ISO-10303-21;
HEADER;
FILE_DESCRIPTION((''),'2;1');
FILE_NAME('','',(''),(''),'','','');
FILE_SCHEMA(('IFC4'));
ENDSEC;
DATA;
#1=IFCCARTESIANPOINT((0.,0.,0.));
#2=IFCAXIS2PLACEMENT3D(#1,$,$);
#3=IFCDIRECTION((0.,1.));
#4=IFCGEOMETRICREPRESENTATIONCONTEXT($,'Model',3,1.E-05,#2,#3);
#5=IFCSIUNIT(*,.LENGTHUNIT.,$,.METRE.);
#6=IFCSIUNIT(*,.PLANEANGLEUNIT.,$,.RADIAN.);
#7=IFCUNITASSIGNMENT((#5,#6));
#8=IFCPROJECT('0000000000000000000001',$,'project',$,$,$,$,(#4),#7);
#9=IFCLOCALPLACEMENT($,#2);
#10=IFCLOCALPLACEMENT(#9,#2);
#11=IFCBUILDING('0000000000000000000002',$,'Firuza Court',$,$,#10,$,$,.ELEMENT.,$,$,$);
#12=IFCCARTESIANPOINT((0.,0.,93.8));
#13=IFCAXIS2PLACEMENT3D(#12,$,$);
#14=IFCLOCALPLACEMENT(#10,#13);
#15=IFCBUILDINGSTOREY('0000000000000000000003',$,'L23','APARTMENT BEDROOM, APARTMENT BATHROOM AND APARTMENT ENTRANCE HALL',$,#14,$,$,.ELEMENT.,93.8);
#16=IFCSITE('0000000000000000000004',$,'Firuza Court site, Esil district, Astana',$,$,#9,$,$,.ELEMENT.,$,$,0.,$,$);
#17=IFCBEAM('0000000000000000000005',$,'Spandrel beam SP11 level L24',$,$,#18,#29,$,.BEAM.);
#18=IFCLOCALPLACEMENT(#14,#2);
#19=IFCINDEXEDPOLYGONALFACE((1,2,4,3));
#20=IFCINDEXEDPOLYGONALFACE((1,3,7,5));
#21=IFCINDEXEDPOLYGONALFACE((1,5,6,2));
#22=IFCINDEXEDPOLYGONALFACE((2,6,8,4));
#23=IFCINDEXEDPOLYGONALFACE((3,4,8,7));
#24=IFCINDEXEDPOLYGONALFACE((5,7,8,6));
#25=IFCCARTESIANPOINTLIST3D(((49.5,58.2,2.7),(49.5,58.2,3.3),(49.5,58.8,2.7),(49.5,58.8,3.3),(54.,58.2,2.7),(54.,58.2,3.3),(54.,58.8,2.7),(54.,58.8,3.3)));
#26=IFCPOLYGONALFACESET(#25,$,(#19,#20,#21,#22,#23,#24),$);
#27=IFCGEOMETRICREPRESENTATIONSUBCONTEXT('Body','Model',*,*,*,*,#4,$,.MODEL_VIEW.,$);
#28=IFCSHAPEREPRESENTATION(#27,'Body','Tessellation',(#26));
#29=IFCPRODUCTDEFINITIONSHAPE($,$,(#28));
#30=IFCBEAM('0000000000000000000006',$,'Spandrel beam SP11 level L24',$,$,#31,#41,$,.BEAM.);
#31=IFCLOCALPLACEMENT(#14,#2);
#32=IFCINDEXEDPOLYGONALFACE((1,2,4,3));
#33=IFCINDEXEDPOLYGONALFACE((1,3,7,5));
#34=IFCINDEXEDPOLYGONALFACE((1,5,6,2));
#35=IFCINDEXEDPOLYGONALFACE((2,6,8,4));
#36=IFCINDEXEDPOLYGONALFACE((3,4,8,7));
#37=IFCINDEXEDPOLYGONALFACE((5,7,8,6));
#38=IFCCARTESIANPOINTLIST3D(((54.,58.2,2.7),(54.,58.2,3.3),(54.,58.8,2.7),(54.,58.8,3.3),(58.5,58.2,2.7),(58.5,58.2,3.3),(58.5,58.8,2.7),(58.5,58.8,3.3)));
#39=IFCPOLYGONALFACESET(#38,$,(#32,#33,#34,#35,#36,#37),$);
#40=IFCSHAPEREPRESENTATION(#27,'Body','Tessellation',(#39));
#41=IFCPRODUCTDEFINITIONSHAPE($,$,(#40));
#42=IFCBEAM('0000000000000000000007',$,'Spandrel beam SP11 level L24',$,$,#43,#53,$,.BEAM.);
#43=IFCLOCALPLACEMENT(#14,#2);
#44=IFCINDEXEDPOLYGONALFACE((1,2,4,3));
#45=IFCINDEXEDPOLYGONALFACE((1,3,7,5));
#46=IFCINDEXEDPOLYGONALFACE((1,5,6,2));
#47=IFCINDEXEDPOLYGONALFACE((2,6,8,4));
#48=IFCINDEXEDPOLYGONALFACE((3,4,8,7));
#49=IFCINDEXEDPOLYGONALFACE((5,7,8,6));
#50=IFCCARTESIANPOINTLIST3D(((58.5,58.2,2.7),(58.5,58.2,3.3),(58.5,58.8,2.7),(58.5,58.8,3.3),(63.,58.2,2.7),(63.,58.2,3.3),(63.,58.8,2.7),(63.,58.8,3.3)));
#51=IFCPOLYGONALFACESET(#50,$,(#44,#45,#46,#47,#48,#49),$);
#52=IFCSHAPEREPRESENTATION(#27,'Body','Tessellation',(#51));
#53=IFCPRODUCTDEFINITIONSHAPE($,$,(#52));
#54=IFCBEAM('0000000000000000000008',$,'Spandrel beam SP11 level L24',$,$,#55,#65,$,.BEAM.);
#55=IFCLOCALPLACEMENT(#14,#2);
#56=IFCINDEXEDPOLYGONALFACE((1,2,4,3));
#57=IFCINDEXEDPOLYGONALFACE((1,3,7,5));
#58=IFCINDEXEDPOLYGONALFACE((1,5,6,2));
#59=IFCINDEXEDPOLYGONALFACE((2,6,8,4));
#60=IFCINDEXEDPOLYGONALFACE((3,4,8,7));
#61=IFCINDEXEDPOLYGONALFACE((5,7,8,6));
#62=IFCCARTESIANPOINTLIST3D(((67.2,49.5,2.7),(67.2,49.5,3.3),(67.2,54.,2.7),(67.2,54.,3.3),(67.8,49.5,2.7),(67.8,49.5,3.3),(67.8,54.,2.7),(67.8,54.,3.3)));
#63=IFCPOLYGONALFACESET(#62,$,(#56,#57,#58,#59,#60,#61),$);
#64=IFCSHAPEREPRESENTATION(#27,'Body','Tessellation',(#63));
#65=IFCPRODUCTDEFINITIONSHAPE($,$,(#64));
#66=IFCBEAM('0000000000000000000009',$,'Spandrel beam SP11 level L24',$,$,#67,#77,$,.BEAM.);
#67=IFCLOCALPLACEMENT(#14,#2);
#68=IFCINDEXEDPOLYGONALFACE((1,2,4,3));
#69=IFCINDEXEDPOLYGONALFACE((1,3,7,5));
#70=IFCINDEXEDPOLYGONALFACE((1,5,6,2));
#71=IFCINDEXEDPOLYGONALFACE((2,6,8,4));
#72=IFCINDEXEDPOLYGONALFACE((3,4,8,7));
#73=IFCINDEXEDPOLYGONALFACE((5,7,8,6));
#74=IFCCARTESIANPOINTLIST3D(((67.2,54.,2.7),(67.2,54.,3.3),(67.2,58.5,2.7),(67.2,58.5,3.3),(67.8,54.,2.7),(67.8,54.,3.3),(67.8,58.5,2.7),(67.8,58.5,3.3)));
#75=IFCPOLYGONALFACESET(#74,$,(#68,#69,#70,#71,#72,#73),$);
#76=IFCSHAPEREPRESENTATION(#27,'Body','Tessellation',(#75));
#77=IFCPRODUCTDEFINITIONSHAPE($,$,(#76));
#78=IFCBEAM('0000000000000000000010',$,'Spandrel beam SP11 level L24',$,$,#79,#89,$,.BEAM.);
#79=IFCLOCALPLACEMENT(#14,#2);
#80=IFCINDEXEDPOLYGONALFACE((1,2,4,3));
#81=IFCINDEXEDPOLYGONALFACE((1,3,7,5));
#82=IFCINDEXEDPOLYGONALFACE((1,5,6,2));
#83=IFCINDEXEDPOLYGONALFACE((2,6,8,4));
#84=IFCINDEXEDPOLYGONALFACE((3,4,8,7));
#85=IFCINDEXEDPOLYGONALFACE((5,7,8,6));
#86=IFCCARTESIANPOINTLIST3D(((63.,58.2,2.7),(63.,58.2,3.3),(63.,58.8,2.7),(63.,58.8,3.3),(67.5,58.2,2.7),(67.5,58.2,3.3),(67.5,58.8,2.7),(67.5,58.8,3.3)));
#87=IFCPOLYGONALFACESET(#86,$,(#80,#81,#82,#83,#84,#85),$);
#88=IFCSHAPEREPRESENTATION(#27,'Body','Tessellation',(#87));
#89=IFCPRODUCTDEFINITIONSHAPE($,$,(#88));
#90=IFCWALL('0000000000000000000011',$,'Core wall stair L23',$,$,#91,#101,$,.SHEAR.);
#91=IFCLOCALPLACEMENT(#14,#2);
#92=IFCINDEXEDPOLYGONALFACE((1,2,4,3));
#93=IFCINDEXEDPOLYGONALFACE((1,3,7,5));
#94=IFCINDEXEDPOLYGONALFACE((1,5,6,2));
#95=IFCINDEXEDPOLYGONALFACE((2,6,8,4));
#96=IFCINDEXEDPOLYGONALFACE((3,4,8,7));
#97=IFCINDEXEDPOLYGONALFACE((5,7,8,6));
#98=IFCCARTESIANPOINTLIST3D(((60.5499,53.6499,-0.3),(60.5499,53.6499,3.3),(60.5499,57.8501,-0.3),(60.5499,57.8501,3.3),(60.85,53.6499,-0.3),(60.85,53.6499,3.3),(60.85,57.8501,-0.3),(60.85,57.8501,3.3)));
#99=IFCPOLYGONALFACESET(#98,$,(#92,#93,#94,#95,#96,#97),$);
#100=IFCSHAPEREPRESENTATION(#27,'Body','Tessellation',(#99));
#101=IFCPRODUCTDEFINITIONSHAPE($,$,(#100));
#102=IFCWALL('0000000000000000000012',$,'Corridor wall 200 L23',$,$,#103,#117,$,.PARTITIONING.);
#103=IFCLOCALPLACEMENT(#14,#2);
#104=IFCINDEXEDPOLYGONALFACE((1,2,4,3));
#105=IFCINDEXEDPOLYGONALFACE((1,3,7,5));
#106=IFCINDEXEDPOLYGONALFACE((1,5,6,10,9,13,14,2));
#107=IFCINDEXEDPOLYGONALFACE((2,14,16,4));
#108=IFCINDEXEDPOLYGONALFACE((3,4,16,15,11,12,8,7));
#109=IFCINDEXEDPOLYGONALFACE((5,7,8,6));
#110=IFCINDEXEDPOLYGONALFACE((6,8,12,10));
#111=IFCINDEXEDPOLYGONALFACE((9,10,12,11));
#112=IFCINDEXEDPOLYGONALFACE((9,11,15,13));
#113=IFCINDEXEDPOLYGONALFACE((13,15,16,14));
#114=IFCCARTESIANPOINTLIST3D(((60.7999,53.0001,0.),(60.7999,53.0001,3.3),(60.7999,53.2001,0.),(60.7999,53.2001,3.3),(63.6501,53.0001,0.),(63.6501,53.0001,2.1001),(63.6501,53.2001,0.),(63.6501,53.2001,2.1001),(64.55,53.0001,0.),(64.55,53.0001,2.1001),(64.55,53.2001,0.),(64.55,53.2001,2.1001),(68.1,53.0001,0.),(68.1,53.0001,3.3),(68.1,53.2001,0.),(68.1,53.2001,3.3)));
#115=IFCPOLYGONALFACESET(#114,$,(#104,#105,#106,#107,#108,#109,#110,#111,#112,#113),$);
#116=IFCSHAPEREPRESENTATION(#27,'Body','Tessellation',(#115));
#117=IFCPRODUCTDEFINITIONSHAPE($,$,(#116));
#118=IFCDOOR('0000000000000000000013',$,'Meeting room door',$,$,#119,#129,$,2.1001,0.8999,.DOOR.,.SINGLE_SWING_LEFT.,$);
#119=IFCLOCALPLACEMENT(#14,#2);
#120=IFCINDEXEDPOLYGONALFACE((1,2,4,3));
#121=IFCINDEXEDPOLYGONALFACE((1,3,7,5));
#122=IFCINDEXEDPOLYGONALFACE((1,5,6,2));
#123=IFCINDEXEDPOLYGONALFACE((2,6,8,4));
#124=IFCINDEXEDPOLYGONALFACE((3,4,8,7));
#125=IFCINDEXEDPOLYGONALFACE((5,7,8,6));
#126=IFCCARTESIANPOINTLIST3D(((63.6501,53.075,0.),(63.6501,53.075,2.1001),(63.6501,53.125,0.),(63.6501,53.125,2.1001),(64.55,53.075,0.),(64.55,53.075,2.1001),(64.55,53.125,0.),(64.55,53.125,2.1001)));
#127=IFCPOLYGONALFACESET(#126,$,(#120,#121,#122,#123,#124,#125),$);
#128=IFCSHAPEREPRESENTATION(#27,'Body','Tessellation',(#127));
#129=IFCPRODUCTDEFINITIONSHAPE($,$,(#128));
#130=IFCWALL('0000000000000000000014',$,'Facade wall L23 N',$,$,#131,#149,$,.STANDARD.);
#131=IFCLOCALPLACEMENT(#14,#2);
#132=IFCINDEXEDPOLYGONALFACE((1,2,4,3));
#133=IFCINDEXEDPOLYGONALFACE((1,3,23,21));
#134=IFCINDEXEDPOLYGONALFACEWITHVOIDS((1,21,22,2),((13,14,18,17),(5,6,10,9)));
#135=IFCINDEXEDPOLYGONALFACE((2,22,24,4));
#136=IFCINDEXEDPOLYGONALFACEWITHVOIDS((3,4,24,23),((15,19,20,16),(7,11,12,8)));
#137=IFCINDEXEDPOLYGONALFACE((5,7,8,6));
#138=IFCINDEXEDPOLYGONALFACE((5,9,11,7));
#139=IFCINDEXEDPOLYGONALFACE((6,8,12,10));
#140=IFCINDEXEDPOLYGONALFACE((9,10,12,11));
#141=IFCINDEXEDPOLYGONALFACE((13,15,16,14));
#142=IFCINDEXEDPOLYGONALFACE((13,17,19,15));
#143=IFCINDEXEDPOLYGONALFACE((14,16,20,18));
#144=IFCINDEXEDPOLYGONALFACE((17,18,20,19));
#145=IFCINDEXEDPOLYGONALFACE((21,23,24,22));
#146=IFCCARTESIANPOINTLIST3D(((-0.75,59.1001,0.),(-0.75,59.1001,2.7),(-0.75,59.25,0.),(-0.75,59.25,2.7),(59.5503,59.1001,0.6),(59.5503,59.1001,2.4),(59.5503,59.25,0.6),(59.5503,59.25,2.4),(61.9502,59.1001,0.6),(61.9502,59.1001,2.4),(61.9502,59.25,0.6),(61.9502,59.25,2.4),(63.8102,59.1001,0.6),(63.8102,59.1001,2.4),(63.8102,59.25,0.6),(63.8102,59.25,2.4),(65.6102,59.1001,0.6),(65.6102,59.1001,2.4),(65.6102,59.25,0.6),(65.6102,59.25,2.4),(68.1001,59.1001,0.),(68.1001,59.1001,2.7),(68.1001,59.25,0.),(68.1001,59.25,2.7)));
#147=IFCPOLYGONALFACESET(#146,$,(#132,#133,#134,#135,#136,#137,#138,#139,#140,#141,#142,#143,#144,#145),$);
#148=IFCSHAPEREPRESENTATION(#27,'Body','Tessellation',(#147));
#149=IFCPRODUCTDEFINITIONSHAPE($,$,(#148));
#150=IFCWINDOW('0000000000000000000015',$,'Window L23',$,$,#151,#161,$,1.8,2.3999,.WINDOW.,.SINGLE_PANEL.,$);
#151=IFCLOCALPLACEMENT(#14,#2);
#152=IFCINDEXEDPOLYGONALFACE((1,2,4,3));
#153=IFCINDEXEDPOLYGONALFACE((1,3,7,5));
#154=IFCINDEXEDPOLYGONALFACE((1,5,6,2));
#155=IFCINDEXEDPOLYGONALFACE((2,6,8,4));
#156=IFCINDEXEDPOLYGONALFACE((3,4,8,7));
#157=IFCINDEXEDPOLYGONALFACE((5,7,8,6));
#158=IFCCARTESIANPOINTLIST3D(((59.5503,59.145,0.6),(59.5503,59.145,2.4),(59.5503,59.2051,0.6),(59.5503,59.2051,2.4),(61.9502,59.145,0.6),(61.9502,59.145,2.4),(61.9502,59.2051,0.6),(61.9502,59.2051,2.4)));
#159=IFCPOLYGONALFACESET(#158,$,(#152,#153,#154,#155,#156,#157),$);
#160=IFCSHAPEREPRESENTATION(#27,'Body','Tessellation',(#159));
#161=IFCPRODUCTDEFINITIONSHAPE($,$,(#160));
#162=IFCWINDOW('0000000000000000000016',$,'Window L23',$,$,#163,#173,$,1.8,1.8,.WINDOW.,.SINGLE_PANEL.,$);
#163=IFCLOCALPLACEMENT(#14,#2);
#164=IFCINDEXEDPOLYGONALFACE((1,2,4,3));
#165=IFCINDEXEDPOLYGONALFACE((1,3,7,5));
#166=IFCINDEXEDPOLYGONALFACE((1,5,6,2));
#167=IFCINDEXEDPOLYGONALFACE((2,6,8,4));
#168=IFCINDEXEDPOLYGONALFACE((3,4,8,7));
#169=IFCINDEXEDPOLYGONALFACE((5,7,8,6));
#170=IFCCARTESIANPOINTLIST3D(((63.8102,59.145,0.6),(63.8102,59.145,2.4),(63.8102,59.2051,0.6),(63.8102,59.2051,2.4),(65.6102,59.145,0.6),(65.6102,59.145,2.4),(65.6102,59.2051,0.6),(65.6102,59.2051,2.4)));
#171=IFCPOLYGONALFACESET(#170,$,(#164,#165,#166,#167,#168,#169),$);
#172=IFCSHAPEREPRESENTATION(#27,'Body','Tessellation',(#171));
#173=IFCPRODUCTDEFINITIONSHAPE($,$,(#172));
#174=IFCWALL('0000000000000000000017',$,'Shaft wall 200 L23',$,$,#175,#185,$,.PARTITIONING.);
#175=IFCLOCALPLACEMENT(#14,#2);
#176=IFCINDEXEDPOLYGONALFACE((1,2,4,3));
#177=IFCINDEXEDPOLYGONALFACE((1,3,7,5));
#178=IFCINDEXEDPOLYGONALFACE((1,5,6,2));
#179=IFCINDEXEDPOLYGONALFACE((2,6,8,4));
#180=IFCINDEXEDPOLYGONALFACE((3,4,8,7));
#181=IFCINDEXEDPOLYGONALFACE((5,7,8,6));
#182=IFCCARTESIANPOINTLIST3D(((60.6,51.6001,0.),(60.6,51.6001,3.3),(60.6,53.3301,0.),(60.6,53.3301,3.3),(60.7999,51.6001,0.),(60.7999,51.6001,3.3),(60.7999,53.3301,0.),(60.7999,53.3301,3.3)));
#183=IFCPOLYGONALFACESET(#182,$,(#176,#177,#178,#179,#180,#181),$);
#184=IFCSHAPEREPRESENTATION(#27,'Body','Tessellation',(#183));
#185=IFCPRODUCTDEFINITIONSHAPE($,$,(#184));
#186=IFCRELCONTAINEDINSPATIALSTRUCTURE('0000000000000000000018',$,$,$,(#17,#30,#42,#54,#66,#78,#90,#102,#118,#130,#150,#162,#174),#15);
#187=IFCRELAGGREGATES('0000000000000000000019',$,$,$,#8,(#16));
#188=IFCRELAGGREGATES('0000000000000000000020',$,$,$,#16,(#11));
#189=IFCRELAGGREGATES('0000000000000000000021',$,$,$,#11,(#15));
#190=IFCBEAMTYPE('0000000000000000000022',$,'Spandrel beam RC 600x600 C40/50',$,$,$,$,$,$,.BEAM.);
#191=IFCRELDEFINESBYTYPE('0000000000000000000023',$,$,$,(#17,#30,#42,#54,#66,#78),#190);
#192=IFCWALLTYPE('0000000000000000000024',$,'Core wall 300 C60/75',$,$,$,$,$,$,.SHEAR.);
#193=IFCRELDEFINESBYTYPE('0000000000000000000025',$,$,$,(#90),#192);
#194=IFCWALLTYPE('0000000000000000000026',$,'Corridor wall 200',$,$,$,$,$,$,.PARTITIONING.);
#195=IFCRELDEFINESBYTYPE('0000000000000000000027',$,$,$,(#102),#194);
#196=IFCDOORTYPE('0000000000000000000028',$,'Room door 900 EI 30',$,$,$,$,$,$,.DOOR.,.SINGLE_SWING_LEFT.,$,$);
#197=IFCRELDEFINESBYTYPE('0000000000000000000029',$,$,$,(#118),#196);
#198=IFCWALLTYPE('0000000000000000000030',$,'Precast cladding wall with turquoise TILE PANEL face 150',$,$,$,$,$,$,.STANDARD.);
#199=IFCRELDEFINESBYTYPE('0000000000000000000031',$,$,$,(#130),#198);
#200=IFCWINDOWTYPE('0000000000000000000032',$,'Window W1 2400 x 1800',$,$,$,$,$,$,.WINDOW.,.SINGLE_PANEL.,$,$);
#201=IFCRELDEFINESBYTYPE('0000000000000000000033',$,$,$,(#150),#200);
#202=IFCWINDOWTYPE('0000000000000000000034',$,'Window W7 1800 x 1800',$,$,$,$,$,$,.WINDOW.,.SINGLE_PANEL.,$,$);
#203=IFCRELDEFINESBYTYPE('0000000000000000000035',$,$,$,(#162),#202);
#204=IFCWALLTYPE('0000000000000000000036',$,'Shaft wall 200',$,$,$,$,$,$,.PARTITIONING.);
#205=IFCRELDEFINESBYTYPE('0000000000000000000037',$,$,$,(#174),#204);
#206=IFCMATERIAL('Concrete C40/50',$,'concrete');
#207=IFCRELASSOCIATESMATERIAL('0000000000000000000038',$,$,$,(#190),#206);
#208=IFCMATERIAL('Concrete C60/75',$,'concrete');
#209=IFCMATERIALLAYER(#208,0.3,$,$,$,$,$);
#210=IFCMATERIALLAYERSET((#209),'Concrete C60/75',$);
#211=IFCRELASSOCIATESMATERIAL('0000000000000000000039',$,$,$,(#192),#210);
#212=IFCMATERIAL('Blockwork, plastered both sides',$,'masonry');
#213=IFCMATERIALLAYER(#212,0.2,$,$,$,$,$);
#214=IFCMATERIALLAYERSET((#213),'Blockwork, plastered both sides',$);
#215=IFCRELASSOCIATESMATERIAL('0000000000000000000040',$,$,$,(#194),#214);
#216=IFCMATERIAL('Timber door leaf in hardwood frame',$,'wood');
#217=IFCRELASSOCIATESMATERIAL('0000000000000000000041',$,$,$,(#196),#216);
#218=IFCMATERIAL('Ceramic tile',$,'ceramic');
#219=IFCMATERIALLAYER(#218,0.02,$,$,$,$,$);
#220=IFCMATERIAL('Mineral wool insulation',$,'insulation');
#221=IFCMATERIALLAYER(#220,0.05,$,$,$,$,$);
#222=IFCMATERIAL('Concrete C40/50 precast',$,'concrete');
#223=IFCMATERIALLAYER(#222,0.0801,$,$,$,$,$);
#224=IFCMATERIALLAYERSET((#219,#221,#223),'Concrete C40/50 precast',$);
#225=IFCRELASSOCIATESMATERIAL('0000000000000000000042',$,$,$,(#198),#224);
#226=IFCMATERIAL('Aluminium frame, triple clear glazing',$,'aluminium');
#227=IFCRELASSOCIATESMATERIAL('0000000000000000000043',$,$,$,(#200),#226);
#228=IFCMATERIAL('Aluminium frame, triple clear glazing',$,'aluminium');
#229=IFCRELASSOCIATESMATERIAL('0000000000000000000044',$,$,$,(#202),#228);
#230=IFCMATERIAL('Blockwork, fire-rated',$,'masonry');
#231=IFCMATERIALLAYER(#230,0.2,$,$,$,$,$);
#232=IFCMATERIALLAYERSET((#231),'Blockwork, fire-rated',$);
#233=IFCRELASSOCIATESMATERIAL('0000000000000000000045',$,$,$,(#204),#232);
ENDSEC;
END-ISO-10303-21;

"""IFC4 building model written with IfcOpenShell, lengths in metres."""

from ifc_helpers import new_model, si_unit, direction, frame, frame_2d, origin, origin_2d, place, context, subcontext, project, spatial, rectangle, extrude, material, layer, layer_set, material_profile, profile_set, type_object, element, fill, save


model = new_model("IFC4")

# Units and contexts
model_context = context("Model", 3, precision=1e-05, world=origin(), true_north=direction((0.0, 1.0)))
body_context = subcontext(model_context, "Body", "Model", "MODEL_VIEW")
ifc_project = project(units=[si_unit("LENGTHUNIT", "METRE"), si_unit("PLANEANGLEUNIT", "RADIAN")], contexts=[model_context])

# Site, building, storey
site_placement = place(None, origin())
site = spatial("IfcSite", under=ifc_project, at=site_placement, Name="Firuza Court site, Esil district, Astana", CompositionType="ELEMENT", RefElevation=0.0)
building_placement = place(site_placement, origin())
building = spatial("IfcBuilding", under=site, at=building_placement, Name="Firuza Court", CompositionType="ELEMENT")
storey_placement = place(building_placement, frame((0.0, 0.0, 93.8)))
storey = spatial("IfcBuildingStorey", under=building, at=storey_placement, Name="L23", Description="APARTMENT BEDROOM, APARTMENT BATHROOM AND APARTMENT ENTRANCE HALL", CompositionType="ELEMENT", Elevation=93.8)

# Beams
ifc_material_1 = material(Name="Concrete C40/50", Category="concrete")
ifc_material_profile_1 = material_profile(ifc_material_1, rectangle(XDim=0.6001, YDim=0.6001, at=origin_2d()), Name="RC 600x600")
ifc_profile_set_1 = profile_set([ifc_material_profile_1], Name="Concrete C40/50")
beam_type_1 = type_object("IfcBeamType", Name="Spandrel beam RC 600x600 C40/50", PredefinedType="BEAM", material=ifc_profile_set_1)
for number, where, z_axis, x_axis, name in (
    (1, (54.0, 58.5, 3.0), (-1.0, 0.0, 0.0), (0.0, -1.0, 0.0), "Spandrel beam SP11 level L24"),
    (2, (58.5, 58.5, 3.0), (-1.0, 0.0, 0.0), (0.0, -1.0, 0.0), "Spandrel beam SP11 level L24"),
    (3, (63.0, 58.5, 3.0), (-1.0, 0.0, 0.0), (0.0, -1.0, 0.0), "Spandrel beam SP11 level L24"),
    (4, (67.5, 49.5, 3.0), (0.0, 1.0, 0.0), (-1.0, 0.0, 0.0), "Spandrel beam SP11 level L24"),
    (5, (67.5, 54.0, 3.0), (0.0, 1.0, 0.0), (-1.0, 0.0, 0.0), "Spandrel beam SP11 level L24"),
    (6, (67.5, 58.5, 3.0), (-1.0, 0.0, 0.0), (0.0, -1.0, 0.0), "Spandrel beam SP11 level L24"),
):
    element("IfcBeam", number, at=place(storey_placement, frame(where, z_axis=z_axis, x_axis=x_axis)), inside=storey, type_object=beam_type_1, Name=name, PredefinedType="BEAM", context=body_context, shape_type="SweptSolid", body=[
        extrude(rectangle(XDim=0.6001, YDim=0.6001, at=origin_2d()), origin(), (0.0, 0.0, 1.0), 4.5),
    ])

# Wall
ifc_material_2 = material(Name="Concrete C60/75", Category="concrete")
ifc_layer_1 = layer(ifc_material_2, 0.3)
ifc_layer_set_1 = layer_set([ifc_layer_1], Name="Concrete C60/75")
wall_type_1 = type_object("IfcWallType", Name="Core wall 300 C60/75", PredefinedType="SHEAR", material=ifc_layer_set_1)
wall_1_placement = place(storey_placement, frame((60.7, 53.6499, -0.3), z_axis=(0.0, 0.0, 1.0), x_axis=(0.0, 1.0, 0.0)))
element("IfcWall", 7, at=wall_1_placement, inside=storey, type_object=wall_type_1, Name="Core wall stair L23", PredefinedType="SHEAR", context=body_context, shape_type="SweptSolid", body=[
    extrude(rectangle(XDim=4.2002, YDim=0.3, at=frame_2d((2.1001, 0.0))), origin(), (0.0, 0.0, 1.0), 3.6001),
])

# Wall, opening, door
ifc_material_3 = material(Name="Blockwork, plastered both sides", Category="masonry")
ifc_layer_2 = layer(ifc_material_3, 0.2)
ifc_layer_set_2 = layer_set([ifc_layer_2], Name="Blockwork, plastered both sides")
wall_type_2 = type_object("IfcWallType", Name="Corridor wall 200", PredefinedType="PARTITIONING", material=ifc_layer_set_2)
wall_2_placement = place(storey_placement, frame((60.8, 53.1001, 0.0), z_axis=(0.0, 0.0, 1.0), x_axis=(1.0, 0.0, 0.0)))
wall_2 = element("IfcWall", 8, at=wall_2_placement, inside=storey, type_object=wall_type_2, Name="Corridor wall 200 L23", PredefinedType="PARTITIONING", context=body_context, shape_type="SweptSolid", body=[
    extrude(rectangle(XDim=7.3, YDim=0.2, at=frame_2d((3.6499, 0.0))), origin(), (0.0, 0.0, 1.0), 3.3),
])
opening_1_placement = place(wall_2_placement, frame((2.8501, 0.0, 0.0)))
opening_1 = element("IfcOpeningElement", 9, at=opening_1_placement, cuts=wall_2, PredefinedType="OPENING", context=body_context, shape_type="SweptSolid", body=[
    extrude(rectangle(XDim=0.8999, YDim=2.1001, at=frame_2d((0.45, 1.05))), frame((0.0, 0.1118, 0.0), z_axis=(0.0, -1.0, 0.0), x_axis=(1.0, 0.0, 0.0)), (0.0, 0.0, 1.0), 0.2239),
])
ifc_material_4 = material(Name="Timber door leaf in hardwood frame", Category="wood")
door_type = type_object("IfcDoorType", Name="Room door 900 EI 30", OperationType="SINGLE_SWING_LEFT", PredefinedType="DOOR", material=ifc_material_4)
door_placement = place(opening_1_placement, origin())
door = element("IfcDoor", 10, at=door_placement, inside=storey, type_object=door_type, Name="Meeting room door", OperationType="SINGLE_SWING_LEFT", OverallHeight=2.1001, OverallWidth=0.8999, PredefinedType="DOOR", context=body_context, shape_type="SweptSolid", body=[
    extrude(rectangle(XDim=0.8999, YDim=2.1001, at=frame_2d((0.45, 1.05))), frame((0.0, 0.0249, 0.0), z_axis=(0.0, -1.0, 0.0), x_axis=(1.0, 0.0, 0.0)), (0.0, 0.0, 1.0), 0.05),
])
fill(opening_1, door)

# Wall, openings, windows
ifc_material_5 = material(Name="Ceramic tile", Category="ceramic")
ifc_layer_3 = layer(ifc_material_5, 0.02)
ifc_material_6 = material(Name="Mineral wool insulation", Category="insulation")
ifc_layer_4 = layer(ifc_material_6, 0.05)
ifc_material_7 = material(Name="Concrete C40/50 precast", Category="concrete")
ifc_layer_5 = layer(ifc_material_7, 0.0801)
ifc_layer_set_3 = layer_set([ifc_layer_3, ifc_layer_4, ifc_layer_5], Name="Concrete C40/50 precast")
wall_type_3 = type_object("IfcWallType", Name="Precast cladding wall with turquoise TILE PANEL face 150", PredefinedType="STANDARD", material=ifc_layer_set_3)
wall_3_placement = place(storey_placement, frame((68.1001, 59.175, 0.0), z_axis=(0.0, 0.0, 1.0), x_axis=(-1.0, 0.0, 0.0)))
wall_3 = element("IfcWall", 11, at=wall_3_placement, inside=storey, type_object=wall_type_3, Name="Facade wall L23 N", PredefinedType="STANDARD", context=body_context, shape_type="SweptSolid", body=[
    extrude(rectangle(XDim=68.8501, YDim=0.1499, at=frame_2d((34.425, 0.0))), origin(), (0.0, 0.0, 1.0), 2.7),
])
opening_2_placement = place(wall_3_placement, frame((2.49, 0.0, 0.6001)))
opening_2 = element("IfcOpeningElement", 12, at=opening_2_placement, cuts=wall_3, PredefinedType="OPENING", context=body_context, shape_type="SweptSolid", body=[
    extrude(rectangle(XDim=1.8, YDim=1.8, at=frame_2d((0.8999, 0.8999))), frame((0.0, 0.0869, 0.0), z_axis=(0.0, -1.0, 0.0), x_axis=(1.0, 0.0, 0.0)), (0.0, 0.0, 1.0), 0.1738),
])
opening_3_placement = place(wall_3_placement, frame((6.1499, 0.0, 0.6001)))
opening_3 = element("IfcOpeningElement", 13, at=opening_3_placement, cuts=wall_3, PredefinedType="OPENING", context=body_context, shape_type="SweptSolid", body=[
    extrude(rectangle(XDim=2.3999, YDim=1.8, at=frame_2d((1.2, 0.8999))), frame((0.0, 0.0869, 0.0), z_axis=(0.0, -1.0, 0.0), x_axis=(1.0, 0.0, 0.0)), (0.0, 0.0, 1.0), 0.1738),
])
ifc_material_8 = material(Name="Aluminium frame, triple clear glazing", Category="aluminium")
window_type_1 = type_object("IfcWindowType", Name="Window W1 2400 x 1800", PartitioningType="SINGLE_PANEL", PredefinedType="WINDOW", material=ifc_material_8)
window_1_placement = place(opening_3_placement, origin())
window_1 = element("IfcWindow", 14, at=window_1_placement, inside=storey, type_object=window_type_1, Name="Window L23", OverallHeight=1.8, OverallWidth=2.3999, PartitioningType="SINGLE_PANEL", PredefinedType="WINDOW", context=body_context, shape_type="SweptSolid", body=[
    extrude(rectangle(XDim=2.3999, YDim=1.8, at=frame_2d((1.2, 0.8999))), frame((0.0, 0.03, 0.0), z_axis=(0.0, -1.0, 0.0), x_axis=(1.0, 0.0, 0.0)), (0.0, 0.0, 1.0), 0.0601),
])
fill(opening_3, window_1)
ifc_material_9 = material(Name="Aluminium frame, triple clear glazing", Category="aluminium")
window_type_2 = type_object("IfcWindowType", Name="Window W7 1800 x 1800", PartitioningType="SINGLE_PANEL", PredefinedType="WINDOW", material=ifc_material_9)
window_2_placement = place(opening_2_placement, origin())
window_2 = element("IfcWindow", 15, at=window_2_placement, inside=storey, type_object=window_type_2, Name="Window L23", OverallHeight=1.8, OverallWidth=1.8, PartitioningType="SINGLE_PANEL", PredefinedType="WINDOW", context=body_context, shape_type="SweptSolid", body=[
    extrude(rectangle(XDim=1.8, YDim=1.8, at=frame_2d((0.8999, 0.8999))), frame((0.0, 0.03, 0.0), z_axis=(0.0, -1.0, 0.0), x_axis=(1.0, 0.0, 0.0)), (0.0, 0.0, 1.0), 0.0601),
])
fill(opening_2, window_2)

# Wall
ifc_material_10 = material(Name="Blockwork, fire-rated", Category="masonry")
ifc_layer_6 = layer(ifc_material_10, 0.2)
ifc_layer_set_4 = layer_set([ifc_layer_6], Name="Blockwork, fire-rated")
wall_type_4 = type_object("IfcWallType", Name="Shaft wall 200", PredefinedType="PARTITIONING", material=ifc_layer_set_4)
wall_4_placement = place(storey_placement, frame((60.7, 51.6001, 0.0), z_axis=(0.0, 0.0, 1.0), x_axis=(0.0, 1.0, 0.0)))
element("IfcWall", 16, at=wall_4_placement, inside=storey, type_object=wall_type_4, Name="Shaft wall 200 L23", PredefinedType="PARTITIONING", context=body_context, shape_type="SweptSolid", body=[
    extrude(rectangle(XDim=1.73, YDim=0.2, at=frame_2d((0.865, 0.0))), origin(), (0.0, 0.0, 1.0), 3.3),
])

save(model, "model.ifc")
